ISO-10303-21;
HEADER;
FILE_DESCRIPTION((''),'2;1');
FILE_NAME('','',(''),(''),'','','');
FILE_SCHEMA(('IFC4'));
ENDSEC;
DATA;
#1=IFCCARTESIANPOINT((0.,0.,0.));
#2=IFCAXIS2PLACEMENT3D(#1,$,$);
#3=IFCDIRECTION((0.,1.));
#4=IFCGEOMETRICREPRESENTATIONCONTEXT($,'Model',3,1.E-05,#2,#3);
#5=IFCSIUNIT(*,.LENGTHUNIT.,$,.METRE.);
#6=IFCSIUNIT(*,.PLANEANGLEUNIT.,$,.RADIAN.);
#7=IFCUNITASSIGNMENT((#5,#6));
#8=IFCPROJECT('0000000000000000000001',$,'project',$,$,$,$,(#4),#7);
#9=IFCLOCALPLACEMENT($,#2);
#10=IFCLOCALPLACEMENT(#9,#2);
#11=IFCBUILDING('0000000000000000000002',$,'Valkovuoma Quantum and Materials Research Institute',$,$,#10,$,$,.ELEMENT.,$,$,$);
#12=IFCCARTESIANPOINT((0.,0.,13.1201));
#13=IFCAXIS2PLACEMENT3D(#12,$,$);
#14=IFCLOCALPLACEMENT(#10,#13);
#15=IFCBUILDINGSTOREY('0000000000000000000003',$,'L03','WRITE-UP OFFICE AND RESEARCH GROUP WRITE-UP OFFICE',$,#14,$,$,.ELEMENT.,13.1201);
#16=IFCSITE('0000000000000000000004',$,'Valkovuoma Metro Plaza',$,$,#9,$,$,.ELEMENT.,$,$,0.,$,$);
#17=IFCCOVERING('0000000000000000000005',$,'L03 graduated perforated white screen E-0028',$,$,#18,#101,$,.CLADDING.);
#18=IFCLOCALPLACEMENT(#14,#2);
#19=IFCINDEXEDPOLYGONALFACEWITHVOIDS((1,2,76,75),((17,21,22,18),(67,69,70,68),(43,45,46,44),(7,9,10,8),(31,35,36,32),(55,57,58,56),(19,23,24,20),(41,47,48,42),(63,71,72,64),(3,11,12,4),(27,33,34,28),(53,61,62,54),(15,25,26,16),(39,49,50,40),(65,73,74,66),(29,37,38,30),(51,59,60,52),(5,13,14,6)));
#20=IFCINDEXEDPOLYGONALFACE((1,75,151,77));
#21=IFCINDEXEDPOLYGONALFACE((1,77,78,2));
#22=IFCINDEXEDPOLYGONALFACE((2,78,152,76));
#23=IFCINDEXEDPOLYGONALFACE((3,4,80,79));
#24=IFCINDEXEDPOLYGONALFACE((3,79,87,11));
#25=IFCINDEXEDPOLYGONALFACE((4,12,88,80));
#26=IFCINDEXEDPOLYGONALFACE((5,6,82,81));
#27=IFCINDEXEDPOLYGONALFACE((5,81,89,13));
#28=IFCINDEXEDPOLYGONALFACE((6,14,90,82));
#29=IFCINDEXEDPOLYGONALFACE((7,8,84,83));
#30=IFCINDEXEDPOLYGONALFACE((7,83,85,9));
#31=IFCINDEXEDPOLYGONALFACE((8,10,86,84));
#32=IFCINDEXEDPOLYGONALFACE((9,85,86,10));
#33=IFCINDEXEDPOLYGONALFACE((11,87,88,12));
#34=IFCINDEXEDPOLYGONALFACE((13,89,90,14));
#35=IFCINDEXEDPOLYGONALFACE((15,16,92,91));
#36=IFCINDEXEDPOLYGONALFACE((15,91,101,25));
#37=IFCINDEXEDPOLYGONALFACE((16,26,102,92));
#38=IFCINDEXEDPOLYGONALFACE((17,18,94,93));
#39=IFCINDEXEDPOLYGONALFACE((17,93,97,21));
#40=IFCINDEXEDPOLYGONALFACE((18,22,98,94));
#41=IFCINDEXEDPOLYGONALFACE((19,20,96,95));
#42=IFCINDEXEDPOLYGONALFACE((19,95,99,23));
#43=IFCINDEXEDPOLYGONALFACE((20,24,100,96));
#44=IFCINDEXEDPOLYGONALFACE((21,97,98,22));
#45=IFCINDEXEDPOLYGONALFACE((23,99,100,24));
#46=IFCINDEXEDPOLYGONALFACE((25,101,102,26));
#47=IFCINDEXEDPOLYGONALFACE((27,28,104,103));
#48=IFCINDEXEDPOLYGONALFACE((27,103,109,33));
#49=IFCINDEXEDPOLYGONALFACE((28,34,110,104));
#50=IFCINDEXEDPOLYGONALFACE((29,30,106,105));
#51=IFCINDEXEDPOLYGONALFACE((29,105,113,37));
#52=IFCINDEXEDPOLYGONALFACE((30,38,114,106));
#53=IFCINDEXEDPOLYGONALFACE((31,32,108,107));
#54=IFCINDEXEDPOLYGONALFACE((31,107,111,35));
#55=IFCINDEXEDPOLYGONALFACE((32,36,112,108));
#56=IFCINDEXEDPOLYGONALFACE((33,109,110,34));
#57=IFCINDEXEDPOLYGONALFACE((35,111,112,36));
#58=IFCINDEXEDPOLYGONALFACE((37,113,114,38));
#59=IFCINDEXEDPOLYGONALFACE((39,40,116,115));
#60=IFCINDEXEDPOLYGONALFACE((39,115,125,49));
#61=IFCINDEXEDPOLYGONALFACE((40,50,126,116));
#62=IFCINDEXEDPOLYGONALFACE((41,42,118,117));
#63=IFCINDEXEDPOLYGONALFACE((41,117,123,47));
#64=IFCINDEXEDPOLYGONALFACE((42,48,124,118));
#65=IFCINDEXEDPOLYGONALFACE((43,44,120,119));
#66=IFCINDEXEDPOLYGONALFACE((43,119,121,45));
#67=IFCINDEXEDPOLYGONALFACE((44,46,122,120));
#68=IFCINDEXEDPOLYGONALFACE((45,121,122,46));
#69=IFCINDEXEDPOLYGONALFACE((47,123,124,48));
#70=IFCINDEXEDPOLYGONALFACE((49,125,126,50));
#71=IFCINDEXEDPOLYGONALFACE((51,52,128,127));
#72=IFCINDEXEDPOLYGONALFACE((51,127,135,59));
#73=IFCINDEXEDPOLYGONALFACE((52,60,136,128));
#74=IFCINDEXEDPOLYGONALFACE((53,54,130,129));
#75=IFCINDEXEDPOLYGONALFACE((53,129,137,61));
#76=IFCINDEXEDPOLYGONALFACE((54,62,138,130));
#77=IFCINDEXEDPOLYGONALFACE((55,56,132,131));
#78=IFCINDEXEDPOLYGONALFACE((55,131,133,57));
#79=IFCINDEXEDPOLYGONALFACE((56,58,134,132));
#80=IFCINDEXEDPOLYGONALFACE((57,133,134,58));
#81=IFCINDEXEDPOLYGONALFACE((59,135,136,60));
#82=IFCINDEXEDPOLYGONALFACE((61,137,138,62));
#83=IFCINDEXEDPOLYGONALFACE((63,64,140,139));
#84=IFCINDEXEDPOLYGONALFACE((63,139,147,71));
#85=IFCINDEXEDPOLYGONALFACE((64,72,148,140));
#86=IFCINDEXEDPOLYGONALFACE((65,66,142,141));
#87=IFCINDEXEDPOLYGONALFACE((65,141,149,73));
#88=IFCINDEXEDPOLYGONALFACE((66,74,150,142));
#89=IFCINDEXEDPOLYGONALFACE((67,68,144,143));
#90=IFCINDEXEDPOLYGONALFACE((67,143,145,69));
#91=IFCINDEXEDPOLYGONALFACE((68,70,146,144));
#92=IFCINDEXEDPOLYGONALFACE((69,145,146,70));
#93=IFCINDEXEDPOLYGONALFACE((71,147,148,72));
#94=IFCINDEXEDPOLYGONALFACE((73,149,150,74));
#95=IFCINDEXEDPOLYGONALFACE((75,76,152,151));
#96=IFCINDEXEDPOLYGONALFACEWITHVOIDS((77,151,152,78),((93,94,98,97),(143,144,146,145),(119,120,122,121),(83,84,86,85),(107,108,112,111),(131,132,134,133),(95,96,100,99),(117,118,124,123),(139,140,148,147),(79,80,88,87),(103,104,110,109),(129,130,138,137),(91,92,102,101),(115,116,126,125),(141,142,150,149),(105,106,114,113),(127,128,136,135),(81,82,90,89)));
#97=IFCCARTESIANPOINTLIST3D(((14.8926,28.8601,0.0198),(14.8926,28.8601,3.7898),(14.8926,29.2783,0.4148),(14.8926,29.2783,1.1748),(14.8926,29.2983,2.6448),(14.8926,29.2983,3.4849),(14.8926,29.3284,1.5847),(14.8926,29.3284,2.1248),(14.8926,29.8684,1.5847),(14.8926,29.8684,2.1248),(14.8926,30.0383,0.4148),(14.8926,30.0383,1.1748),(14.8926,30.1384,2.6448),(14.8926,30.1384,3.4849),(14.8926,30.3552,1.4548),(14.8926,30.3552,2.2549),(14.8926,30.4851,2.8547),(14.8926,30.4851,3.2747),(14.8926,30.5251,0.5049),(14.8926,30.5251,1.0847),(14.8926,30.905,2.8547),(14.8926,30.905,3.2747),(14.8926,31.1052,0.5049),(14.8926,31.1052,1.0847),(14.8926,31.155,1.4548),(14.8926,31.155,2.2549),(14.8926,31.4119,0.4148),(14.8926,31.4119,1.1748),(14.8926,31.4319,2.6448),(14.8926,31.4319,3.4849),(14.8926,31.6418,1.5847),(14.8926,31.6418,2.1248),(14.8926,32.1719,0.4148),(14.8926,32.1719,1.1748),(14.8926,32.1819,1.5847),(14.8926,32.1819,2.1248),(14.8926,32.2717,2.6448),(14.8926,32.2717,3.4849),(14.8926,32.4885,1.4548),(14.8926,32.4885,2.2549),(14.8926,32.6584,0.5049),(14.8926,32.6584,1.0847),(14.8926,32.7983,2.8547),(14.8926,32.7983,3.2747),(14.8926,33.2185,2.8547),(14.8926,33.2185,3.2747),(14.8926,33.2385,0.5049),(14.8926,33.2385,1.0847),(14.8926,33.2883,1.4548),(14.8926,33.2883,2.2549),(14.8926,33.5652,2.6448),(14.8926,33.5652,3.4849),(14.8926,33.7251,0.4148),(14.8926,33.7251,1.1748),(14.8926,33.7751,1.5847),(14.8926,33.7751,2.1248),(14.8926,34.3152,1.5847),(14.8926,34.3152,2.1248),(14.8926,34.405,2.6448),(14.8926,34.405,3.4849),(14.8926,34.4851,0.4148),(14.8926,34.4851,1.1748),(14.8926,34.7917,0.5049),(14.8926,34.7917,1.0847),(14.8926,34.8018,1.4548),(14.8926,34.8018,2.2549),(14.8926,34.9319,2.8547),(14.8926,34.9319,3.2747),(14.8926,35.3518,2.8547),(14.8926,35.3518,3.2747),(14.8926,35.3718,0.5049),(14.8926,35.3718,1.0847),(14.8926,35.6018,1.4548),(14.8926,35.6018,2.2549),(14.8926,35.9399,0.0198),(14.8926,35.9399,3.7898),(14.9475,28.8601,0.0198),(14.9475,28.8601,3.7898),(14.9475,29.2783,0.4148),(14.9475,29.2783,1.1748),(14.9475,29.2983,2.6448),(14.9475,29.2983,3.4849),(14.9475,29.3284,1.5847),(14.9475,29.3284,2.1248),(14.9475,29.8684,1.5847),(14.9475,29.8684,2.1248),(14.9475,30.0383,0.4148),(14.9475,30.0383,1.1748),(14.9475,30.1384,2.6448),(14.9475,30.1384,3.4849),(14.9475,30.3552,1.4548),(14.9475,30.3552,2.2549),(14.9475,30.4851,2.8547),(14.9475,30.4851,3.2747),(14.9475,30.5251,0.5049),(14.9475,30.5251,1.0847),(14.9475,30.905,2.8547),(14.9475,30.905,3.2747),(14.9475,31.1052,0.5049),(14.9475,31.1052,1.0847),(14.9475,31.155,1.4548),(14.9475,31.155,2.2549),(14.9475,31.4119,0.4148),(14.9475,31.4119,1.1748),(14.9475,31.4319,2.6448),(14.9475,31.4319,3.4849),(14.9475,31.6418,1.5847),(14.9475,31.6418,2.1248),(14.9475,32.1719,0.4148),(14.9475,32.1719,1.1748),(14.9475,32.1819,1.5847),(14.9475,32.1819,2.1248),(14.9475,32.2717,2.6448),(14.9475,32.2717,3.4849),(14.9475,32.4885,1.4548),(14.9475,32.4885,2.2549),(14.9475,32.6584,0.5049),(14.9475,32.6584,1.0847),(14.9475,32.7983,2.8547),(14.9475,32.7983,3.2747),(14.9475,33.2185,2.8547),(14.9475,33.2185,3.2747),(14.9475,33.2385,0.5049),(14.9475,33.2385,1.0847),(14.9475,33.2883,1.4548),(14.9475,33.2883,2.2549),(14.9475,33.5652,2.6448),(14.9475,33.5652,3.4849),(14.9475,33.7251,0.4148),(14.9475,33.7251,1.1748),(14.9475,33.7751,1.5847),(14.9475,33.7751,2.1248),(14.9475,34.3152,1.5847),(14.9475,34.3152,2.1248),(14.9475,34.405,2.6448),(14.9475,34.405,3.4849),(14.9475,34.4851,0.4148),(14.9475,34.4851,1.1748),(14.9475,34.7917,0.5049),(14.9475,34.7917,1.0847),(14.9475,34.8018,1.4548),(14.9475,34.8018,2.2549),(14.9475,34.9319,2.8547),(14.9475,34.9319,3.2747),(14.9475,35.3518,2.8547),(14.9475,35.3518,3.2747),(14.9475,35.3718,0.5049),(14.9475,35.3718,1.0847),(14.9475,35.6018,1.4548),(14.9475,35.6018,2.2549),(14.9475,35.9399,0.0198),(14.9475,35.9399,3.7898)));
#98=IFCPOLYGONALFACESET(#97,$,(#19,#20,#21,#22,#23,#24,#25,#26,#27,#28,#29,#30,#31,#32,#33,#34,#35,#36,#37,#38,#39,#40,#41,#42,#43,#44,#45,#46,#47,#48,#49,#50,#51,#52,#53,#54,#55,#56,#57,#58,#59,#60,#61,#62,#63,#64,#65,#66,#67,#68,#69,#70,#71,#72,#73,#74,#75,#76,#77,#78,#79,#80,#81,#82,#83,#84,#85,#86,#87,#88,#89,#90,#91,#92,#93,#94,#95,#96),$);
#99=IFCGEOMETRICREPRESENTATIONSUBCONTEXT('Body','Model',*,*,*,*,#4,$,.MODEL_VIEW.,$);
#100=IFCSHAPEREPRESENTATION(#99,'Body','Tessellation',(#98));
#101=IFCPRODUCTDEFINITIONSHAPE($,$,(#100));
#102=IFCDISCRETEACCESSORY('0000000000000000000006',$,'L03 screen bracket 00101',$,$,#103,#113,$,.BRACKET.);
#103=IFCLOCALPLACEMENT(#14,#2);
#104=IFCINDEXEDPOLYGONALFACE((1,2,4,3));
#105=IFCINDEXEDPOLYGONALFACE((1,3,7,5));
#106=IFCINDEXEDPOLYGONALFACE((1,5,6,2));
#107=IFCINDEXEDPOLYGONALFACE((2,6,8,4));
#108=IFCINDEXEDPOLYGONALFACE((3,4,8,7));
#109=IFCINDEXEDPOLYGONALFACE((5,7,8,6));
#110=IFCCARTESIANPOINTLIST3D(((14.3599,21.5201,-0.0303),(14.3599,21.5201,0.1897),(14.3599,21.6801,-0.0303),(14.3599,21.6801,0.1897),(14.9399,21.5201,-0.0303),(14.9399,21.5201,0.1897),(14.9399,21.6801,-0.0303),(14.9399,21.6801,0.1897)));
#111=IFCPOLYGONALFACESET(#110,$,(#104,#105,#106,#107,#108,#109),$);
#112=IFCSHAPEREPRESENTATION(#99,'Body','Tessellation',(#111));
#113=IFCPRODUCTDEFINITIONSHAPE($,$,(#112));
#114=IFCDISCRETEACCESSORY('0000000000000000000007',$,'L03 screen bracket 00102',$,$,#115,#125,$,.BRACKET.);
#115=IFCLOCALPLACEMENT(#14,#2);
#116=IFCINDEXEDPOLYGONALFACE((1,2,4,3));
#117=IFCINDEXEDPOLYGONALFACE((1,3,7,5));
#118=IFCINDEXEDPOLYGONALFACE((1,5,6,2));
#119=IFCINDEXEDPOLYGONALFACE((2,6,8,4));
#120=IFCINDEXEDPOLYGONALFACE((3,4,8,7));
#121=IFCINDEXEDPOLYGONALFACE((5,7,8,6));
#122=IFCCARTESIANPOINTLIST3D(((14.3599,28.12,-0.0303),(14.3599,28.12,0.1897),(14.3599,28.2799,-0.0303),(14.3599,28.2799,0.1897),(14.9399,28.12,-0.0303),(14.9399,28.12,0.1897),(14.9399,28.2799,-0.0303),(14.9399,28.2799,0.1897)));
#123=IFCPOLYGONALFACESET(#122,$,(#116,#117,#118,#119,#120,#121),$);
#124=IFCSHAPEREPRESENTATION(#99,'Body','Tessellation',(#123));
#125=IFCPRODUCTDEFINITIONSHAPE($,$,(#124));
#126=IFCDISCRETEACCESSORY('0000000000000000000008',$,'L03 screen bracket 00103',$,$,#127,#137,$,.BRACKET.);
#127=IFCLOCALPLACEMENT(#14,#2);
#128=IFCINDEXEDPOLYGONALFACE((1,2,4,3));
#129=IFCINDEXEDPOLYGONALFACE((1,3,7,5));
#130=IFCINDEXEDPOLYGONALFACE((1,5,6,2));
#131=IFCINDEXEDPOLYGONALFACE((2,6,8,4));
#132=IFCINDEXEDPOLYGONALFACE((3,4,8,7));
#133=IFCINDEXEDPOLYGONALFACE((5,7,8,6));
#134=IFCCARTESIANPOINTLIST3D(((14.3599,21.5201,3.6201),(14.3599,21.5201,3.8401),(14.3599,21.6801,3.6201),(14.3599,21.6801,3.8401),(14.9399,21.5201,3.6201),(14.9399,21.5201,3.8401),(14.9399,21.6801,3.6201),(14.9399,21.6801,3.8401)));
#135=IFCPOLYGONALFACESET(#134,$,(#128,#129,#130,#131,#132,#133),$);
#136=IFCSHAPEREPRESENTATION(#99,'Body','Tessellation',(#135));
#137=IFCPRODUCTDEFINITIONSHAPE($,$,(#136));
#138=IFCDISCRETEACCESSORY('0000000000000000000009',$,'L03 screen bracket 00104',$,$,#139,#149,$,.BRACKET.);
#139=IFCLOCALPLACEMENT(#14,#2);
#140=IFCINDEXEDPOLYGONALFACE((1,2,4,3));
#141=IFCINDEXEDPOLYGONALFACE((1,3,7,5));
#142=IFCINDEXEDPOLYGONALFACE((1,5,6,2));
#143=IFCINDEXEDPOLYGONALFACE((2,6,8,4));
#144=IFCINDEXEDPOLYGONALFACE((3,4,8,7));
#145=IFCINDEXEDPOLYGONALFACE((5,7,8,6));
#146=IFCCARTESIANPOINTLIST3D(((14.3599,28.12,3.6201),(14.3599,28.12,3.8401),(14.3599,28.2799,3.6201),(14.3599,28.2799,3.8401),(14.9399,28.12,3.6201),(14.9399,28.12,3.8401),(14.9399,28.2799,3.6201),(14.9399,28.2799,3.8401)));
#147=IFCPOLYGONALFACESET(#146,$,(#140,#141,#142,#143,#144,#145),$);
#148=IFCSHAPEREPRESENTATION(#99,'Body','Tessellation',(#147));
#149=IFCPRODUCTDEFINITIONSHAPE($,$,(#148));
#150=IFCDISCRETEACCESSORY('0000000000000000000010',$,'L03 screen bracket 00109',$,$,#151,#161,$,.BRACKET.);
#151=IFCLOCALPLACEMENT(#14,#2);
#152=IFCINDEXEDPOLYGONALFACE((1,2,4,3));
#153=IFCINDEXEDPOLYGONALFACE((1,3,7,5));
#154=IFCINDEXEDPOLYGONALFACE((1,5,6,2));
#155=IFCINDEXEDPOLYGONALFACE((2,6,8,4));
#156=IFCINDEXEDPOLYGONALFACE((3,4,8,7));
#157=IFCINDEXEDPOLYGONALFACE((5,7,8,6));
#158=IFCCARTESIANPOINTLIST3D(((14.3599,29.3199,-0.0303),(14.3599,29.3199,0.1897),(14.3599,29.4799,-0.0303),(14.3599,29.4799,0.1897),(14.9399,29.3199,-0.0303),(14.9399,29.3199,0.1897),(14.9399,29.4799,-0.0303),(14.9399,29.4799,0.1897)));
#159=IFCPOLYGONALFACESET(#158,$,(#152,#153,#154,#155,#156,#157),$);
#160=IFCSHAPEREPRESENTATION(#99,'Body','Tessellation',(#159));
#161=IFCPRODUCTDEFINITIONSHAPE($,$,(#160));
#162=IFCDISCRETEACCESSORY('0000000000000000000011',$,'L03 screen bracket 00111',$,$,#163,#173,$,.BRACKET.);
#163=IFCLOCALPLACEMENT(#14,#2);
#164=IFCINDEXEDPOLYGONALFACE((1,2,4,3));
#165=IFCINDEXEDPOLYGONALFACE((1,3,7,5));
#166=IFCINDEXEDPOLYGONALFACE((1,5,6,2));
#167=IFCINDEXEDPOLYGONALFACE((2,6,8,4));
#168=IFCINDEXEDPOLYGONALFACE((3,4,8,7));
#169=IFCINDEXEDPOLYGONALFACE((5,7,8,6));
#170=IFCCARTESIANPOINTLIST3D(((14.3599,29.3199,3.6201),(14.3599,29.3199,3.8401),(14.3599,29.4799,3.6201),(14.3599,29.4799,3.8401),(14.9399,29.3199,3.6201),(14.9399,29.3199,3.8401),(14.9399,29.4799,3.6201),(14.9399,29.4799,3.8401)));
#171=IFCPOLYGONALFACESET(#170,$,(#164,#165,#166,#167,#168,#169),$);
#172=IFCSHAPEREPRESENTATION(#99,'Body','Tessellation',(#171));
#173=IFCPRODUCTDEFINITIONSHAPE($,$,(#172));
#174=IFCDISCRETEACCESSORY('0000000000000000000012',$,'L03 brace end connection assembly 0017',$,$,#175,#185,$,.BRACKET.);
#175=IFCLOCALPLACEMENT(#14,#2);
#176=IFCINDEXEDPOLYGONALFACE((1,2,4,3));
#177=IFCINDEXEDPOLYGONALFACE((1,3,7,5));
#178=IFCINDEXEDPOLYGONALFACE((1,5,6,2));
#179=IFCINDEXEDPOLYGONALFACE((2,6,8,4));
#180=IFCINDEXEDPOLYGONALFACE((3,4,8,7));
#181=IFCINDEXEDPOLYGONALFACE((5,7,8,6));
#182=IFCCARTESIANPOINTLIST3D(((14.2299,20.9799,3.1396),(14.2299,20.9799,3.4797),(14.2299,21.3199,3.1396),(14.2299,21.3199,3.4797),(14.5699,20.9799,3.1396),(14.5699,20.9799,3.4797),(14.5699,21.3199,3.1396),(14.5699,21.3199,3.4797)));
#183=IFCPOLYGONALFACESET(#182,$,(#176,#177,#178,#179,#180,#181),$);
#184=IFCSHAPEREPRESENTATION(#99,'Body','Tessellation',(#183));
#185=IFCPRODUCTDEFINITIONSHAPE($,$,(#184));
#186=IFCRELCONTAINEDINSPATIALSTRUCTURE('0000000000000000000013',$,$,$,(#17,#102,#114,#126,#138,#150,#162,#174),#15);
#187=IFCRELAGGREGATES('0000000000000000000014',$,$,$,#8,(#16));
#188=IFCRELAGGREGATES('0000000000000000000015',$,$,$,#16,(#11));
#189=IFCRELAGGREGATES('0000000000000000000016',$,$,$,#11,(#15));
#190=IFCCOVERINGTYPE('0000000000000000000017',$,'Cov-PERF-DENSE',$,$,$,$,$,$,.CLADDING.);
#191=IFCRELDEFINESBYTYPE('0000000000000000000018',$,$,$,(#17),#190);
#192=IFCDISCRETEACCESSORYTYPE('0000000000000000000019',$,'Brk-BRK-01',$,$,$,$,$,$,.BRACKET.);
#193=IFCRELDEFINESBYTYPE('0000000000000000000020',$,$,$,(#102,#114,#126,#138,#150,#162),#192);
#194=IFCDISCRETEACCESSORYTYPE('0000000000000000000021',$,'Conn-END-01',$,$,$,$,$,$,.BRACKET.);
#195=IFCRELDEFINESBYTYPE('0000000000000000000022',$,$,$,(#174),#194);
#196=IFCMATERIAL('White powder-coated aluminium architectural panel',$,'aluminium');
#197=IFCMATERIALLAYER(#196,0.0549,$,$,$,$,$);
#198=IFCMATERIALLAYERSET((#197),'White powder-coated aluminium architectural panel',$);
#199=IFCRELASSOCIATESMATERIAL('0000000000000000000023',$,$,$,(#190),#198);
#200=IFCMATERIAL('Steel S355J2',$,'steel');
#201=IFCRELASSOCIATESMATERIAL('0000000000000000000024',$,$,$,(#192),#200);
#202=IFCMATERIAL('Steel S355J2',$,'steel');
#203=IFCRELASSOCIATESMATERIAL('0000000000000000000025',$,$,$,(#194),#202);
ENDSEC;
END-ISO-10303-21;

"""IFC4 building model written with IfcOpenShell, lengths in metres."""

from ifc_helpers import new_model, si_unit, direction, frame, origin, origin_2d, place, context, subcontext, project, spatial, polyline, rectangle, outline, extrude, material, layer, layer_set, type_object, element, save


model = new_model("IFC4")

# Units and contexts
model_context = context("Model", 3, precision=1e-05, world=origin(), true_north=direction((0.0, 1.0)))
body_context = subcontext(model_context, "Body", "Model", "MODEL_VIEW")
ifc_project = project(units=[si_unit("LENGTHUNIT", "METRE"), si_unit("PLANEANGLEUNIT", "RADIAN")], contexts=[model_context])

# Site, building, storey
site_placement = place(None, origin())
site = spatial("IfcSite", under=ifc_project, at=site_placement, Name="Valkovuoma Metro Plaza", CompositionType="ELEMENT", RefElevation=0.0)
building_placement = place(site_placement, origin())
building = spatial("IfcBuilding", under=site, at=building_placement, Name="Valkovuoma Quantum and Materials Research Institute", CompositionType="ELEMENT")
storey_placement = place(building_placement, frame((0.0, 0.0, 13.1201)))
storey = spatial("IfcBuildingStorey", under=building, at=storey_placement, Name="L03", Description="WRITE-UP OFFICE AND RESEARCH GROUP WRITE-UP OFFICE", CompositionType="ELEMENT", Elevation=13.1201)

# Covering
ifc_material_1 = material(Name="White powder-coated aluminium architectural panel", Category="aluminium")
ifc_layer_1 = layer(ifc_material_1, 0.0549)
ifc_layer_set_1 = layer_set([ifc_layer_1], Name="White powder-coated aluminium architectural panel")
covering_type = type_object("IfcCoveringType", Name="Cov-PERF-DENSE", PredefinedType="CLADDING", material=ifc_layer_set_1)
covering_1_placement = place(storey_placement, frame((14.9199, 28.8601, 0.0198), z_axis=(0.0, 0.0, 1.0), x_axis=(0.0, 1.0, 0.0)))
element("IfcCovering", 1, at=covering_1_placement, inside=storey, type_object=covering_type, Name="L03 graduated perforated white screen E-0028", PredefinedType="CLADDING", context=body_context, shape_type="SweptSolid", body=[
    extrude(outline(polyline([(0.0, 0.0), (7.0798, 0.0), (7.0798, 3.77), (0.0, 3.77), (0.0, 0.0)]), holes=[polyline([(0.4182, 0.395), (0.4182, 1.155), (1.1782, 1.155), (1.1782, 0.395), (0.4182, 0.395)]), polyline([(0.4683, 1.5649), (0.4683, 2.105), (1.0083, 2.105), (1.0083, 1.5649), (0.4683, 1.5649)]), polyline([(0.4382, 2.625), (0.4382, 3.4651), (1.2783, 3.4651), (1.2783, 2.625), (0.4382, 2.625)]), polyline([(1.665, 0.4851), (1.665, 1.0649), (2.2451, 1.0649), (2.2451, 0.4851), (1.665, 0.4851)]), polyline([(1.4951, 1.4351), (1.4951, 2.2351), (2.2949, 2.2351), (2.2949, 1.4351), (1.4951, 1.4351)]), polyline([(1.625, 2.835), (1.625, 3.2549), (2.0449, 3.2549), (2.0449, 2.835), (1.625, 2.835)]), polyline([(2.5518, 0.395), (2.5518, 1.155), (3.3118, 1.155), (3.3118, 0.395), (2.5518, 0.395)]), polyline([(2.7817, 1.5649), (2.7817, 2.105), (3.3218, 2.105), (3.3218, 1.5649), (2.7817, 1.5649)]), polyline([(2.5718, 2.625), (2.5718, 3.4651), (3.4116, 3.4651), (3.4116, 2.625), (2.5718, 2.625)]), polyline([(3.7983, 0.4851), (3.7983, 1.0649), (4.3784, 1.0649), (4.3784, 0.4851), (3.7983, 0.4851)]), polyline([(3.6284, 1.4351), (3.6284, 2.2351), (4.4282, 2.2351), (4.4282, 1.4351), (3.6284, 1.4351)]), polyline([(3.9382, 2.835), (3.9382, 3.2549), (4.3584, 3.2549), (4.3584, 2.835), (3.9382, 2.835)]), polyline([(4.865, 0.395), (4.865, 1.155), (5.625, 1.155), (5.625, 0.395), (4.865, 0.395)]), polyline([(4.915, 1.5649), (4.915, 2.105), (5.4551, 2.105), (5.4551, 1.5649), (4.915, 1.5649)]), polyline([(4.7051, 2.625), (4.7051, 3.4651), (5.5449, 3.4651), (5.5449, 2.625), (4.7051, 2.625)]), polyline([(5.9316, 0.4851), (5.9316, 1.0649), (6.5117, 1.0649), (6.5117, 0.4851), (5.9316, 0.4851)]), polyline([(5.9417, 1.4351), (5.9417, 2.2351), (6.7417, 2.2351), (6.7417, 1.4351), (5.9417, 1.4351)]), polyline([(6.0718, 2.835), (6.0718, 3.2549), (6.4917, 3.2549), (6.4917, 2.835), (6.0718, 2.835)])]), frame((0.0, 0.0273, 0.0), z_axis=(0.0, -1.0, 0.0), x_axis=(1.0, 0.0, 0.0)), (0.0, 0.0, 1.0), 0.0549),
])

# Discrete accessories
ifc_material_2 = material(Name="Steel S355J2", Category="steel")
discrete_accessory_type_1 = type_object("IfcDiscreteAccessoryType", Name="Brk-BRK-01", PredefinedType="BRACKET", material=ifc_material_2)
for number, where, z_axis, x_axis, name in (
    (2, (14.6499, 21.6001, -0.0303), (0.0, 0.0, 1.0), (1.0, 0.0, 0.0), "L03 screen bracket 00101"),
    (3, (14.6499, 28.2, -0.0303), (0.0, 0.0, 1.0), (1.0, 0.0, 0.0), "L03 screen bracket 00102"),
    (4, (14.6499, 21.6001, 3.6201), (0.0, 0.0, 1.0), (1.0, 0.0, 0.0), "L03 screen bracket 00103"),
    (5, (14.6499, 28.2, 3.6201), (0.0, 0.0, 1.0), (1.0, 0.0, 0.0), "L03 screen bracket 00104"),
    (6, (14.6499, 29.3999, -0.0303), (0.0, 0.0, 1.0), (1.0, 0.0, 0.0), "L03 screen bracket 00109"),
    (7, (14.6499, 29.3999, 3.6201), (0.0, 0.0, 1.0), (1.0, 0.0, 0.0), "L03 screen bracket 00111"),
):
    element("IfcDiscreteAccessory", number, at=place(storey_placement, frame(where, z_axis=z_axis, x_axis=x_axis)), inside=storey, type_object=discrete_accessory_type_1, Name=name, PredefinedType="BRACKET", context=body_context, shape_type="SweptSolid", body=[
        extrude(rectangle(XDim=0.5801, YDim=0.1599, at=origin_2d()), origin(), (0.0, 0.0, 1.0), 0.22),
    ])
ifc_material_3 = material(Name="Steel S355J2", Category="steel")
discrete_accessory_type_2 = type_object("IfcDiscreteAccessoryType", Name="Conn-END-01", PredefinedType="BRACKET", material=ifc_material_3)
discrete_accessory_placement = place(storey_placement, frame((14.3999, 21.1499, 3.1396), z_axis=(0.0, 0.0, 1.0), x_axis=(1.0, 0.0, 0.0)))
element("IfcDiscreteAccessory", 8, at=discrete_accessory_placement, inside=storey, type_object=discrete_accessory_type_2, Name="L03 brace end connection assembly 0017", PredefinedType="BRACKET", context=body_context, shape_type="SweptSolid", body=[
    extrude(rectangle(XDim=0.3401, YDim=0.3401, at=origin_2d()), origin(), (0.0, 0.0, 1.0), 0.3401),
])

save(model, "model.ifc")
